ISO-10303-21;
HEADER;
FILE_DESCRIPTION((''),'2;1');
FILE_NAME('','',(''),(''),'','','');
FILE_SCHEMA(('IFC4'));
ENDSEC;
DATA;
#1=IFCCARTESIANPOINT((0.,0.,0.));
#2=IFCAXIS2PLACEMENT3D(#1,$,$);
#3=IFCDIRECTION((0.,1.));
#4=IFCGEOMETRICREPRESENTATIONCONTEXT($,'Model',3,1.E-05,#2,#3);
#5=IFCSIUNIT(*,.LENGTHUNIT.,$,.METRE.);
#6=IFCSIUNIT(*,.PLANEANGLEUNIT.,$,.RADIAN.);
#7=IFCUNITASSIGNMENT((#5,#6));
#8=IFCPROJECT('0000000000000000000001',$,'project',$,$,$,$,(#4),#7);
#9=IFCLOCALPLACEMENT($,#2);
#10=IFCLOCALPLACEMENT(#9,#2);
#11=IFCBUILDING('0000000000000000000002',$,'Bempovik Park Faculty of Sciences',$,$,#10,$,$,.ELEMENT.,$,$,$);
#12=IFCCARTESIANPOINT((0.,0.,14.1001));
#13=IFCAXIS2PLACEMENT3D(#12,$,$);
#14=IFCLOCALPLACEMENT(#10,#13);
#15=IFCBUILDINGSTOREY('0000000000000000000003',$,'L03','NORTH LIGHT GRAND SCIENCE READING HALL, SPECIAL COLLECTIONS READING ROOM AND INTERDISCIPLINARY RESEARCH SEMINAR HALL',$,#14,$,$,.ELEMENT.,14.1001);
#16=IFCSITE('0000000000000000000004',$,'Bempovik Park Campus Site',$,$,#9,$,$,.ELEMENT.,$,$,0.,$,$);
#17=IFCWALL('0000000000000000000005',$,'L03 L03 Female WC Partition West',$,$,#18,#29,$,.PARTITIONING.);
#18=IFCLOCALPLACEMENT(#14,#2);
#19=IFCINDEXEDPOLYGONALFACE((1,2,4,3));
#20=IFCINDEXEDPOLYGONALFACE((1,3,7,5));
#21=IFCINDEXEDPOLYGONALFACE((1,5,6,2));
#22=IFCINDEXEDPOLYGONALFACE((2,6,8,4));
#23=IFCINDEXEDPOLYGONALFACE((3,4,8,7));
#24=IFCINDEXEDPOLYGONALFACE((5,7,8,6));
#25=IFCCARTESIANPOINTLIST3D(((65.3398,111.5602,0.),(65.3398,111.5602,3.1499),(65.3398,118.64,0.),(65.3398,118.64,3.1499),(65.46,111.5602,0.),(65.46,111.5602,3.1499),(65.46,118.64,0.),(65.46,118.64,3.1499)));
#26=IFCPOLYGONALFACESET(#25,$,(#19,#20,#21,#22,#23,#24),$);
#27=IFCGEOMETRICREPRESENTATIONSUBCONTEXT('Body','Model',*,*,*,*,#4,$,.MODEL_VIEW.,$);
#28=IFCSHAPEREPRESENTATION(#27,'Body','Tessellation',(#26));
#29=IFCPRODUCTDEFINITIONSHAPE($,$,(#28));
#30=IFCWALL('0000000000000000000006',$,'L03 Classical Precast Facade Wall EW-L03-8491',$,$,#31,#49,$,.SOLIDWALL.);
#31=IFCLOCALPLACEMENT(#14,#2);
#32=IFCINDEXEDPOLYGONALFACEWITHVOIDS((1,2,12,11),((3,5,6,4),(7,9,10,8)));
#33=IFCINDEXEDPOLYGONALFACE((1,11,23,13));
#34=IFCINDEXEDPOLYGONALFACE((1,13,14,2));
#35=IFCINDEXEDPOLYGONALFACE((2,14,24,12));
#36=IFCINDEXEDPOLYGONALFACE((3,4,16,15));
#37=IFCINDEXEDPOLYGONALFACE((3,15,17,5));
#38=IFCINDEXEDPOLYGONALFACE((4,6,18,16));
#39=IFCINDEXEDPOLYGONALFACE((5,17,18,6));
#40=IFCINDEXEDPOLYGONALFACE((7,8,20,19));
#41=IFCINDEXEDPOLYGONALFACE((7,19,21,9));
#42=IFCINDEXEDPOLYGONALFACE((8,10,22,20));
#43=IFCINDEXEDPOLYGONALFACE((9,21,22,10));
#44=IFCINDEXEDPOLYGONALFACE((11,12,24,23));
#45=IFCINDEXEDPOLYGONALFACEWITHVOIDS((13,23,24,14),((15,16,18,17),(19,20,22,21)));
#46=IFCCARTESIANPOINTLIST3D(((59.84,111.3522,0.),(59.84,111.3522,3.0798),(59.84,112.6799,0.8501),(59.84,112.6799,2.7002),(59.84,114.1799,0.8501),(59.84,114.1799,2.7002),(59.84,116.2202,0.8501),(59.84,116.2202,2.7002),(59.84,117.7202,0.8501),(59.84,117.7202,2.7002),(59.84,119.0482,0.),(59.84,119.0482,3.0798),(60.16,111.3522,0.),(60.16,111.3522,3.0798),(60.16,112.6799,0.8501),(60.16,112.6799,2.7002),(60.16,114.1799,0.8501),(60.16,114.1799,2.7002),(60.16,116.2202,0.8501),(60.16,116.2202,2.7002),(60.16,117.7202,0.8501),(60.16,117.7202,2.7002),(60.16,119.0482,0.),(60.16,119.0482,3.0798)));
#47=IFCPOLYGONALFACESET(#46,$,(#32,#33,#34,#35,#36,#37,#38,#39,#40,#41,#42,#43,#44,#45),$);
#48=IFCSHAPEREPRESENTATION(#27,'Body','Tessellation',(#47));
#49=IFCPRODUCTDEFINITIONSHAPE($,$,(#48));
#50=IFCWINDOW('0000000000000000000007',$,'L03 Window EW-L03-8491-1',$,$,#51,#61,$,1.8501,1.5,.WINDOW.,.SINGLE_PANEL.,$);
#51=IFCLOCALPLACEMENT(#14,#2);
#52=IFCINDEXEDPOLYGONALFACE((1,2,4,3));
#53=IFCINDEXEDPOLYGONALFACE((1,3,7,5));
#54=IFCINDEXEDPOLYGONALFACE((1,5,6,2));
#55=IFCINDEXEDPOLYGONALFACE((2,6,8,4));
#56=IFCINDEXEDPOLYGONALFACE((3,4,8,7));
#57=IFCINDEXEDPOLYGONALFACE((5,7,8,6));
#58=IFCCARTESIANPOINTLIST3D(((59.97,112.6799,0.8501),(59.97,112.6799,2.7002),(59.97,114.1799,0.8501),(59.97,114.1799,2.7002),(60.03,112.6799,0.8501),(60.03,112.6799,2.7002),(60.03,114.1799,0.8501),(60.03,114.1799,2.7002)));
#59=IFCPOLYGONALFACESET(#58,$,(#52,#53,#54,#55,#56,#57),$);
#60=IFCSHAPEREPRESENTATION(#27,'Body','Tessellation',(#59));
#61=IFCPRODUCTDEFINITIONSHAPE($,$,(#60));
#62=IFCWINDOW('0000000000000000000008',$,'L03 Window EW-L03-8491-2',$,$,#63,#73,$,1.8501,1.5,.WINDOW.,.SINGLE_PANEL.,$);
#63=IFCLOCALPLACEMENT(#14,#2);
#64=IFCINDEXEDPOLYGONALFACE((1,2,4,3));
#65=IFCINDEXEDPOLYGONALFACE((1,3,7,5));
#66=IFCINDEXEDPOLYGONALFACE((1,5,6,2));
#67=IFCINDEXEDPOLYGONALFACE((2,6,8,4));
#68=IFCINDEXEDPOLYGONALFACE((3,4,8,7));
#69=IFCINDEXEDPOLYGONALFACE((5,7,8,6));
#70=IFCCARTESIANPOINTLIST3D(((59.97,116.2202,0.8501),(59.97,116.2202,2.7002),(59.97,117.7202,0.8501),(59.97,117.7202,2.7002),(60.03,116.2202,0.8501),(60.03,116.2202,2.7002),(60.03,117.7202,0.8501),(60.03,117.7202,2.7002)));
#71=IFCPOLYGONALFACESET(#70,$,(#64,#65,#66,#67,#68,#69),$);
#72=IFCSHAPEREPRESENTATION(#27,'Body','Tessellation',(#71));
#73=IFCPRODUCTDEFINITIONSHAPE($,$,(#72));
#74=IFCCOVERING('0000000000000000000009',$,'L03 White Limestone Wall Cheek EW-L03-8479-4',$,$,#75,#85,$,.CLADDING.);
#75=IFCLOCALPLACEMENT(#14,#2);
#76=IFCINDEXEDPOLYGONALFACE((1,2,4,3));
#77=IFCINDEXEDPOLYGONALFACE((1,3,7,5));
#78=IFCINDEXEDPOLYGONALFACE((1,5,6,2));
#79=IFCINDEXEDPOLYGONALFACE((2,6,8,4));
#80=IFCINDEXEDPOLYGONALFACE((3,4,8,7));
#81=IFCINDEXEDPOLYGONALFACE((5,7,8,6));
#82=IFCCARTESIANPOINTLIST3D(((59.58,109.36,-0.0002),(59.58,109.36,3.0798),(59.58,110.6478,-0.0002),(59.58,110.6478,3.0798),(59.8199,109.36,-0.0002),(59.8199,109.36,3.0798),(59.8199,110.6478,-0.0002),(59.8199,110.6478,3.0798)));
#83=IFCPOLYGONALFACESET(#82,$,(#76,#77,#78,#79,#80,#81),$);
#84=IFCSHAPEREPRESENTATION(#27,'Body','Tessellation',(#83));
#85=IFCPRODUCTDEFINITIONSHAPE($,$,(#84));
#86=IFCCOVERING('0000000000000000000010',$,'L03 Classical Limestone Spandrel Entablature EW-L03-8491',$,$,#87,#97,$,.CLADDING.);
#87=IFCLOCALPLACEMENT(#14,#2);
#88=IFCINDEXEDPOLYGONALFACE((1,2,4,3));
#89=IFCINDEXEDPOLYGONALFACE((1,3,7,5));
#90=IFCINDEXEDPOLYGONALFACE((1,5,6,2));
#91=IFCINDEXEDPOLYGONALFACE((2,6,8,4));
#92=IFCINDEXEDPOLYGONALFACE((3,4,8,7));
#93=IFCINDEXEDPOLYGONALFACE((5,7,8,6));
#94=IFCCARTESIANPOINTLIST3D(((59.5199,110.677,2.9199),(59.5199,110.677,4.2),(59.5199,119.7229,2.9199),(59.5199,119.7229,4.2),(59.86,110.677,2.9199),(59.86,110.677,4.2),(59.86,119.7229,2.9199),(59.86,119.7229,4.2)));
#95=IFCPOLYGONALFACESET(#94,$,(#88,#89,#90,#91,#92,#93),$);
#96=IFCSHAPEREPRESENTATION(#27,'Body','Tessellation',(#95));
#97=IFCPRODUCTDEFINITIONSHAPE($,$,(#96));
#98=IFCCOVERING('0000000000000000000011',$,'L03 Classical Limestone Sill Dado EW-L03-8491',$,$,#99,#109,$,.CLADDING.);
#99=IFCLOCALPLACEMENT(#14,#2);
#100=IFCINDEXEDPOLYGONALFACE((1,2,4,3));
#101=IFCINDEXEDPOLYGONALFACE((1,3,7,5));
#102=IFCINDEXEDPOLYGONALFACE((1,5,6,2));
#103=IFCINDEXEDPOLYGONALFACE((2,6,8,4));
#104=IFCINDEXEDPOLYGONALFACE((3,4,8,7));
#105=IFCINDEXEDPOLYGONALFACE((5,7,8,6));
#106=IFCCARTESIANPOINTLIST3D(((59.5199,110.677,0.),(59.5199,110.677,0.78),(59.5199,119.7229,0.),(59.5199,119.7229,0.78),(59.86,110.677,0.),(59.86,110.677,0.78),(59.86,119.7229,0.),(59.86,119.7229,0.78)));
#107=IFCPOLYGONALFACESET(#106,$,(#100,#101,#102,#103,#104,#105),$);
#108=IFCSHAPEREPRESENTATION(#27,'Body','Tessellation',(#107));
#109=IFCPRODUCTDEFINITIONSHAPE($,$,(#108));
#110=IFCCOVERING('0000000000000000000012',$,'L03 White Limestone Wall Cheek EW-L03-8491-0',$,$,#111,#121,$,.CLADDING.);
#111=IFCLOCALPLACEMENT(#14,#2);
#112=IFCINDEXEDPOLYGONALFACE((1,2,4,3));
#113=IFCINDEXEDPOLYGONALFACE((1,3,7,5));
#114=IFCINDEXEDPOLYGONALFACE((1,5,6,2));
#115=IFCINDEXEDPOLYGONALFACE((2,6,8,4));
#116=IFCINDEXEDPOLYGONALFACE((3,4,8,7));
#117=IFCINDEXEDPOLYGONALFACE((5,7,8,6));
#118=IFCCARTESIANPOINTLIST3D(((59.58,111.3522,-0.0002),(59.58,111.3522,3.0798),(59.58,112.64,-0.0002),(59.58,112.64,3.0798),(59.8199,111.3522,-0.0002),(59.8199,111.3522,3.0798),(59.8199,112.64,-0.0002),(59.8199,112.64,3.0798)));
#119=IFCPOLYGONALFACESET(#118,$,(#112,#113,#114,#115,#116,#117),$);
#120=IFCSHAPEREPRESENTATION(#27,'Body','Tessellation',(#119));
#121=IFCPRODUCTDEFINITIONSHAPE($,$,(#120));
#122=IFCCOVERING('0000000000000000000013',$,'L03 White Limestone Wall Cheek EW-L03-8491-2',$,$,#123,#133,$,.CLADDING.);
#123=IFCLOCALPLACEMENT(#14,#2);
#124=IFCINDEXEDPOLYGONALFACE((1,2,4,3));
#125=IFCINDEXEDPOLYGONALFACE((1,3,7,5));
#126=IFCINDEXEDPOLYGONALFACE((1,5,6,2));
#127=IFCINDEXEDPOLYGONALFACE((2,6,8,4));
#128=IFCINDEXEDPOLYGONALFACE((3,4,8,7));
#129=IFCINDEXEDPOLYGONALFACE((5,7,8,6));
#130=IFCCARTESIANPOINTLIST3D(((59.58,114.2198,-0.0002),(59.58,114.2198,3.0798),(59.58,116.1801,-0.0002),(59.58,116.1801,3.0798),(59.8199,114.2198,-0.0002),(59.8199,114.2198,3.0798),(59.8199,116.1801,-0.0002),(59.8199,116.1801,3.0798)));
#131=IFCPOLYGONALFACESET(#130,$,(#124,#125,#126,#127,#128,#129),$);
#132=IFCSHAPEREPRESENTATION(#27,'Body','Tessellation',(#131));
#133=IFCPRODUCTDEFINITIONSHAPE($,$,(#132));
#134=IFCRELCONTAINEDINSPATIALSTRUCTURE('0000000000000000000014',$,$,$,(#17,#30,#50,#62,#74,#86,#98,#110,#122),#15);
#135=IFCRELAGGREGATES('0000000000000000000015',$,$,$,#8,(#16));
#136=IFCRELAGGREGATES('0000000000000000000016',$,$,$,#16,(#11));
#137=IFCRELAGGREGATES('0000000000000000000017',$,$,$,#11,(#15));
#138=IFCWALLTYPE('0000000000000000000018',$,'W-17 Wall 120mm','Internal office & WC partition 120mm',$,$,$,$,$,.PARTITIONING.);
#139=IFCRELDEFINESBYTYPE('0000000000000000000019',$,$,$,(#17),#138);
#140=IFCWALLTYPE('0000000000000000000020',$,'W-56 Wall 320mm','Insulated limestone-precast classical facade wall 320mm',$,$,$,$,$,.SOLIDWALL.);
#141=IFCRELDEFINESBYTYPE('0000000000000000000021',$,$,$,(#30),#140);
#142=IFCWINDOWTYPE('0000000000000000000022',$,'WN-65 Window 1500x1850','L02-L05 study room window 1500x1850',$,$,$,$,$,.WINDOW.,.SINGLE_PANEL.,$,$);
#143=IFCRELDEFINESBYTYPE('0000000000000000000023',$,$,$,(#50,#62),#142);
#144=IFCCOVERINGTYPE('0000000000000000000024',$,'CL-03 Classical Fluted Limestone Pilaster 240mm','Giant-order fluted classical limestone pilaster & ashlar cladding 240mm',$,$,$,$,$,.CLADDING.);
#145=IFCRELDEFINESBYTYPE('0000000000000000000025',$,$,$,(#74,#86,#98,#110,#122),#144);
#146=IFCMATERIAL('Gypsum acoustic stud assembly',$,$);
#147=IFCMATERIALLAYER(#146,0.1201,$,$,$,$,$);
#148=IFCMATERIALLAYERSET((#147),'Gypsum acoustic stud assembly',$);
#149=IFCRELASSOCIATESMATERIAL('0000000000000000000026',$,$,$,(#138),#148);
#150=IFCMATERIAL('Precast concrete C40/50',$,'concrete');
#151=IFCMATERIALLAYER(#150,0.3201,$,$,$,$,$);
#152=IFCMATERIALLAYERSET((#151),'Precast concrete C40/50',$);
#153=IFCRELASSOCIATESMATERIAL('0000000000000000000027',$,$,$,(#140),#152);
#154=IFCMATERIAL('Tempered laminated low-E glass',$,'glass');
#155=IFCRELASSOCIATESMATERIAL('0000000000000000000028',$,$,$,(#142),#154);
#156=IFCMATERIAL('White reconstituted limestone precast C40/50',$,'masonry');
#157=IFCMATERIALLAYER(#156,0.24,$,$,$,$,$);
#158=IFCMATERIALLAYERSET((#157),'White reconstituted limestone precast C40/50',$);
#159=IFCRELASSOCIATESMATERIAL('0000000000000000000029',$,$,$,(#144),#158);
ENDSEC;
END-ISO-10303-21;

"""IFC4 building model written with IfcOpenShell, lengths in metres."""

from ifc_helpers import new_model, si_unit, direction, frame, frame_2d, origin, origin_2d, place, context, subcontext, project, spatial, rectangle, extrude, material, layer, layer_set, type_object, element, fill, save


model = new_model("IFC4")

# Units and contexts
model_context = context("Model", 3, precision=1e-05, world=origin(), true_north=direction((0.0, 1.0)))
body_context = subcontext(model_context, "Body", "Model", "MODEL_VIEW")
ifc_project = project(units=[si_unit("LENGTHUNIT", "METRE"), si_unit("PLANEANGLEUNIT", "RADIAN")], contexts=[model_context])

# Site, building, storey
site_placement = place(None, origin())
site = spatial("IfcSite", under=ifc_project, at=site_placement, Name="Bempovik Park Campus Site", CompositionType="ELEMENT", RefElevation=0.0)
building_placement = place(site_placement, origin())
building = spatial("IfcBuilding", under=site, at=building_placement, Name="Bempovik Park Faculty of Sciences", CompositionType="ELEMENT")
storey_placement = place(building_placement, frame((0.0, 0.0, 14.1001)))
storey = spatial("IfcBuildingStorey", under=building, at=storey_placement, Name="L03", Description="NORTH LIGHT GRAND SCIENCE READING HALL, SPECIAL COLLECTIONS READING ROOM AND INTERDISCIPLINARY RESEARCH SEMINAR HALL", CompositionType="ELEMENT", Elevation=14.1001)

# Shared definitions
ifc_material_1 = material(Name="Gypsum acoustic stud assembly")
ifc_layer_1 = layer(ifc_material_1, 0.1201)
ifc_layer_set_1 = layer_set([ifc_layer_1], Name="Gypsum acoustic stud assembly")
wall_type_1 = type_object("IfcWallType", Name="W-17 Wall 120mm", Description="Internal office & WC partition 120mm", PredefinedType="PARTITIONING", material=ifc_layer_set_1)

# Wall
wall_1_placement = place(storey_placement, frame((65.3999, 111.5601, 0.0), z_axis=(0.0, 0.0, 1.0), x_axis=(0.0, 1.0, 0.0)))
element("IfcWall", 1, at=wall_1_placement, inside=storey, type_object=wall_type_1, Name="L03 L03 Female WC Partition West", PredefinedType="PARTITIONING", context=body_context, shape_type="SweptSolid", body=[
    extrude(rectangle(XDim=7.0798, YDim=0.1201, at=frame_2d((3.54, 0.0))), origin(), (0.0, 0.0, 1.0), 3.1499),
])

# Wall, openings, windows
ifc_material_2 = material(Name="Precast concrete C40/50", Category="concrete")
ifc_layer_2 = layer(ifc_material_2, 0.3201)
ifc_layer_set_2 = layer_set([ifc_layer_2], Name="Precast concrete C40/50")
wall_type_2 = type_object("IfcWallType", Name="W-56 Wall 320mm", Description="Insulated limestone-precast classical facade wall 320mm", PredefinedType="SOLIDWALL", material=ifc_layer_set_2)
wall_2_placement = place(storey_placement, frame((60.0, 111.3521, 0.0), z_axis=(0.0, 0.0, 1.0), x_axis=(0.0, 1.0, 0.0)))
wall_2 = element("IfcWall", 2, at=wall_2_placement, inside=storey, type_object=wall_type_2, Name="L03 Classical Precast Facade Wall EW-L03-8491", PredefinedType="SOLIDWALL", context=body_context, shape_type="SweptSolid", body=[
    extrude(rectangle(XDim=7.696, YDim=0.3201, at=frame_2d((3.8481, 0.0))), origin(), (0.0, 0.0, 1.0), 3.0798),
])
opening_1_placement = place(wall_2_placement, frame((1.3279, 0.0, 0.8501)))
opening_1 = element("IfcOpeningElement", 3, at=opening_1_placement, cuts=wall_2, PredefinedType="OPENING", context=body_context, shape_type="SweptSolid", body=[
    extrude(rectangle(XDim=1.5, YDim=1.8501, at=frame_2d((0.75, 0.925))), frame((0.0, 0.1699, 0.0), z_axis=(0.0, -1.0, 0.0), x_axis=(1.0, 0.0, 0.0)), (0.0, 0.0, 1.0), 0.3401),
])
opening_2_placement = place(wall_2_placement, frame((4.8682, 0.0, 0.8501)))
opening_2 = element("IfcOpeningElement", 4, at=opening_2_placement, cuts=wall_2, PredefinedType="OPENING", context=body_context, shape_type="SweptSolid", body=[
    extrude(rectangle(XDim=1.5, YDim=1.8501, at=frame_2d((0.75, 0.925))), frame((0.0, 0.1699, 0.0), z_axis=(0.0, -1.0, 0.0), x_axis=(1.0, 0.0, 0.0)), (0.0, 0.0, 1.0), 0.3401),
])
ifc_material_3 = material(Name="Tempered laminated low-E glass", Category="glass")
window_type = type_object("IfcWindowType", Name="WN-65 Window 1500x1850", Description="L02-L05 study room window 1500x1850", PartitioningType="SINGLE_PANEL", PredefinedType="WINDOW", material=ifc_material_3)
window_1_placement = place(opening_1_placement, origin())
window_1 = element("IfcWindow", 5, at=window_1_placement, inside=storey, type_object=window_type, Name="L03 Window EW-L03-8491-1", OverallHeight=1.8501, OverallWidth=1.5, PartitioningType="SINGLE_PANEL", PredefinedType="WINDOW", context=body_context, shape_type="SweptSolid", body=[
    extrude(rectangle(XDim=1.5, YDim=1.8501, at=frame_2d((0.75, 0.925))), frame((0.0, 0.03, 0.0), z_axis=(0.0, -1.0, 0.0), x_axis=(1.0, 0.0, 0.0)), (0.0, 0.0, 1.0), 0.0601),
])
fill(opening_1, window_1)
window_2_placement = place(opening_2_placement, origin())
window_2 = element("IfcWindow", 6, at=window_2_placement, inside=storey, type_object=window_type, Name="L03 Window EW-L03-8491-2", OverallHeight=1.8501, OverallWidth=1.5, PartitioningType="SINGLE_PANEL", PredefinedType="WINDOW", context=body_context, shape_type="SweptSolid", body=[
    extrude(rectangle(XDim=1.5, YDim=1.8501, at=frame_2d((0.75, 0.925))), frame((0.0, 0.03, 0.0), z_axis=(0.0, -1.0, 0.0), x_axis=(1.0, 0.0, 0.0)), (0.0, 0.0, 1.0), 0.0601),
])
fill(opening_2, window_2)

# Coverings
ifc_material_4 = material(Name="White reconstituted limestone precast C40/50", Category="masonry")
ifc_layer_3 = layer(ifc_material_4, 0.24)
ifc_layer_set_3 = layer_set([ifc_layer_3], Name="White reconstituted limestone precast C40/50")
covering_type = type_object("IfcCoveringType", Name="CL-03 Classical Fluted Limestone Pilaster 240mm", Description="Giant-order fluted classical limestone pilaster & ashlar cladding 240mm", PredefinedType="CLADDING", material=ifc_layer_set_3)
covering_1_placement = place(storey_placement, frame((59.7, 110.0039, -0.0002), z_axis=(0.0, 0.0, 1.0), x_axis=(1.0, 0.0, 0.0)))
element("IfcCovering", 7, at=covering_1_placement, inside=storey, type_object=covering_type, Name="L03 White Limestone Wall Cheek EW-L03-8479-4", PredefinedType="CLADDING", context=body_context, shape_type="SweptSolid", body=[
    extrude(rectangle(XDim=0.24, YDim=1.2878, at=origin_2d()), origin(), (0.0, 0.0, 1.0), 3.0801),
])
covering_2_placement = place(storey_placement, frame((59.6899, 115.2, 2.9199), z_axis=(0.0, 0.0, 1.0), x_axis=(1.0, 0.0, 0.0)))
element("IfcCovering", 8, at=covering_2_placement, inside=storey, type_object=covering_type, Name="L03 Classical Limestone Spandrel Entablature EW-L03-8491", PredefinedType="CLADDING", context=body_context, shape_type="SweptSolid", body=[
    extrude(rectangle(XDim=0.3401, YDim=9.0459, at=origin_2d()), origin(), (0.0, 0.0, 1.0), 1.28),
])
covering_3_placement = place(storey_placement, frame((59.6899, 115.2, 0.0), z_axis=(0.0, 0.0, 1.0), x_axis=(1.0, 0.0, 0.0)))
element("IfcCovering", 9, at=covering_3_placement, inside=storey, type_object=covering_type, Name="L03 Classical Limestone Sill Dado EW-L03-8491", PredefinedType="CLADDING", context=body_context, shape_type="SweptSolid", body=[
    extrude(rectangle(XDim=0.3401, YDim=9.0459, at=origin_2d()), origin(), (0.0, 0.0, 1.0), 0.78),
])
covering_4_placement = place(storey_placement, frame((59.7, 111.9961, -0.0002), z_axis=(0.0, 0.0, 1.0), x_axis=(1.0, 0.0, 0.0)))
element("IfcCovering", 10, at=covering_4_placement, inside=storey, type_object=covering_type, Name="L03 White Limestone Wall Cheek EW-L03-8491-0", PredefinedType="CLADDING", context=body_context, shape_type="SweptSolid", body=[
    extrude(rectangle(XDim=0.24, YDim=1.2878, at=origin_2d()), origin(), (0.0, 0.0, 1.0), 3.0801),
])
covering_5_placement = place(storey_placement, frame((59.7, 115.2, -0.0002), z_axis=(0.0, 0.0, 1.0), x_axis=(1.0, 0.0, 0.0)))
element("IfcCovering", 11, at=covering_5_placement, inside=storey, type_object=covering_type, Name="L03 White Limestone Wall Cheek EW-L03-8491-2", PredefinedType="CLADDING", context=body_context, shape_type="SweptSolid", body=[
    extrude(rectangle(XDim=0.24, YDim=1.9602, at=origin_2d()), origin(), (0.0, 0.0, 1.0), 3.0801),
])

save(model, "model.ifc")
